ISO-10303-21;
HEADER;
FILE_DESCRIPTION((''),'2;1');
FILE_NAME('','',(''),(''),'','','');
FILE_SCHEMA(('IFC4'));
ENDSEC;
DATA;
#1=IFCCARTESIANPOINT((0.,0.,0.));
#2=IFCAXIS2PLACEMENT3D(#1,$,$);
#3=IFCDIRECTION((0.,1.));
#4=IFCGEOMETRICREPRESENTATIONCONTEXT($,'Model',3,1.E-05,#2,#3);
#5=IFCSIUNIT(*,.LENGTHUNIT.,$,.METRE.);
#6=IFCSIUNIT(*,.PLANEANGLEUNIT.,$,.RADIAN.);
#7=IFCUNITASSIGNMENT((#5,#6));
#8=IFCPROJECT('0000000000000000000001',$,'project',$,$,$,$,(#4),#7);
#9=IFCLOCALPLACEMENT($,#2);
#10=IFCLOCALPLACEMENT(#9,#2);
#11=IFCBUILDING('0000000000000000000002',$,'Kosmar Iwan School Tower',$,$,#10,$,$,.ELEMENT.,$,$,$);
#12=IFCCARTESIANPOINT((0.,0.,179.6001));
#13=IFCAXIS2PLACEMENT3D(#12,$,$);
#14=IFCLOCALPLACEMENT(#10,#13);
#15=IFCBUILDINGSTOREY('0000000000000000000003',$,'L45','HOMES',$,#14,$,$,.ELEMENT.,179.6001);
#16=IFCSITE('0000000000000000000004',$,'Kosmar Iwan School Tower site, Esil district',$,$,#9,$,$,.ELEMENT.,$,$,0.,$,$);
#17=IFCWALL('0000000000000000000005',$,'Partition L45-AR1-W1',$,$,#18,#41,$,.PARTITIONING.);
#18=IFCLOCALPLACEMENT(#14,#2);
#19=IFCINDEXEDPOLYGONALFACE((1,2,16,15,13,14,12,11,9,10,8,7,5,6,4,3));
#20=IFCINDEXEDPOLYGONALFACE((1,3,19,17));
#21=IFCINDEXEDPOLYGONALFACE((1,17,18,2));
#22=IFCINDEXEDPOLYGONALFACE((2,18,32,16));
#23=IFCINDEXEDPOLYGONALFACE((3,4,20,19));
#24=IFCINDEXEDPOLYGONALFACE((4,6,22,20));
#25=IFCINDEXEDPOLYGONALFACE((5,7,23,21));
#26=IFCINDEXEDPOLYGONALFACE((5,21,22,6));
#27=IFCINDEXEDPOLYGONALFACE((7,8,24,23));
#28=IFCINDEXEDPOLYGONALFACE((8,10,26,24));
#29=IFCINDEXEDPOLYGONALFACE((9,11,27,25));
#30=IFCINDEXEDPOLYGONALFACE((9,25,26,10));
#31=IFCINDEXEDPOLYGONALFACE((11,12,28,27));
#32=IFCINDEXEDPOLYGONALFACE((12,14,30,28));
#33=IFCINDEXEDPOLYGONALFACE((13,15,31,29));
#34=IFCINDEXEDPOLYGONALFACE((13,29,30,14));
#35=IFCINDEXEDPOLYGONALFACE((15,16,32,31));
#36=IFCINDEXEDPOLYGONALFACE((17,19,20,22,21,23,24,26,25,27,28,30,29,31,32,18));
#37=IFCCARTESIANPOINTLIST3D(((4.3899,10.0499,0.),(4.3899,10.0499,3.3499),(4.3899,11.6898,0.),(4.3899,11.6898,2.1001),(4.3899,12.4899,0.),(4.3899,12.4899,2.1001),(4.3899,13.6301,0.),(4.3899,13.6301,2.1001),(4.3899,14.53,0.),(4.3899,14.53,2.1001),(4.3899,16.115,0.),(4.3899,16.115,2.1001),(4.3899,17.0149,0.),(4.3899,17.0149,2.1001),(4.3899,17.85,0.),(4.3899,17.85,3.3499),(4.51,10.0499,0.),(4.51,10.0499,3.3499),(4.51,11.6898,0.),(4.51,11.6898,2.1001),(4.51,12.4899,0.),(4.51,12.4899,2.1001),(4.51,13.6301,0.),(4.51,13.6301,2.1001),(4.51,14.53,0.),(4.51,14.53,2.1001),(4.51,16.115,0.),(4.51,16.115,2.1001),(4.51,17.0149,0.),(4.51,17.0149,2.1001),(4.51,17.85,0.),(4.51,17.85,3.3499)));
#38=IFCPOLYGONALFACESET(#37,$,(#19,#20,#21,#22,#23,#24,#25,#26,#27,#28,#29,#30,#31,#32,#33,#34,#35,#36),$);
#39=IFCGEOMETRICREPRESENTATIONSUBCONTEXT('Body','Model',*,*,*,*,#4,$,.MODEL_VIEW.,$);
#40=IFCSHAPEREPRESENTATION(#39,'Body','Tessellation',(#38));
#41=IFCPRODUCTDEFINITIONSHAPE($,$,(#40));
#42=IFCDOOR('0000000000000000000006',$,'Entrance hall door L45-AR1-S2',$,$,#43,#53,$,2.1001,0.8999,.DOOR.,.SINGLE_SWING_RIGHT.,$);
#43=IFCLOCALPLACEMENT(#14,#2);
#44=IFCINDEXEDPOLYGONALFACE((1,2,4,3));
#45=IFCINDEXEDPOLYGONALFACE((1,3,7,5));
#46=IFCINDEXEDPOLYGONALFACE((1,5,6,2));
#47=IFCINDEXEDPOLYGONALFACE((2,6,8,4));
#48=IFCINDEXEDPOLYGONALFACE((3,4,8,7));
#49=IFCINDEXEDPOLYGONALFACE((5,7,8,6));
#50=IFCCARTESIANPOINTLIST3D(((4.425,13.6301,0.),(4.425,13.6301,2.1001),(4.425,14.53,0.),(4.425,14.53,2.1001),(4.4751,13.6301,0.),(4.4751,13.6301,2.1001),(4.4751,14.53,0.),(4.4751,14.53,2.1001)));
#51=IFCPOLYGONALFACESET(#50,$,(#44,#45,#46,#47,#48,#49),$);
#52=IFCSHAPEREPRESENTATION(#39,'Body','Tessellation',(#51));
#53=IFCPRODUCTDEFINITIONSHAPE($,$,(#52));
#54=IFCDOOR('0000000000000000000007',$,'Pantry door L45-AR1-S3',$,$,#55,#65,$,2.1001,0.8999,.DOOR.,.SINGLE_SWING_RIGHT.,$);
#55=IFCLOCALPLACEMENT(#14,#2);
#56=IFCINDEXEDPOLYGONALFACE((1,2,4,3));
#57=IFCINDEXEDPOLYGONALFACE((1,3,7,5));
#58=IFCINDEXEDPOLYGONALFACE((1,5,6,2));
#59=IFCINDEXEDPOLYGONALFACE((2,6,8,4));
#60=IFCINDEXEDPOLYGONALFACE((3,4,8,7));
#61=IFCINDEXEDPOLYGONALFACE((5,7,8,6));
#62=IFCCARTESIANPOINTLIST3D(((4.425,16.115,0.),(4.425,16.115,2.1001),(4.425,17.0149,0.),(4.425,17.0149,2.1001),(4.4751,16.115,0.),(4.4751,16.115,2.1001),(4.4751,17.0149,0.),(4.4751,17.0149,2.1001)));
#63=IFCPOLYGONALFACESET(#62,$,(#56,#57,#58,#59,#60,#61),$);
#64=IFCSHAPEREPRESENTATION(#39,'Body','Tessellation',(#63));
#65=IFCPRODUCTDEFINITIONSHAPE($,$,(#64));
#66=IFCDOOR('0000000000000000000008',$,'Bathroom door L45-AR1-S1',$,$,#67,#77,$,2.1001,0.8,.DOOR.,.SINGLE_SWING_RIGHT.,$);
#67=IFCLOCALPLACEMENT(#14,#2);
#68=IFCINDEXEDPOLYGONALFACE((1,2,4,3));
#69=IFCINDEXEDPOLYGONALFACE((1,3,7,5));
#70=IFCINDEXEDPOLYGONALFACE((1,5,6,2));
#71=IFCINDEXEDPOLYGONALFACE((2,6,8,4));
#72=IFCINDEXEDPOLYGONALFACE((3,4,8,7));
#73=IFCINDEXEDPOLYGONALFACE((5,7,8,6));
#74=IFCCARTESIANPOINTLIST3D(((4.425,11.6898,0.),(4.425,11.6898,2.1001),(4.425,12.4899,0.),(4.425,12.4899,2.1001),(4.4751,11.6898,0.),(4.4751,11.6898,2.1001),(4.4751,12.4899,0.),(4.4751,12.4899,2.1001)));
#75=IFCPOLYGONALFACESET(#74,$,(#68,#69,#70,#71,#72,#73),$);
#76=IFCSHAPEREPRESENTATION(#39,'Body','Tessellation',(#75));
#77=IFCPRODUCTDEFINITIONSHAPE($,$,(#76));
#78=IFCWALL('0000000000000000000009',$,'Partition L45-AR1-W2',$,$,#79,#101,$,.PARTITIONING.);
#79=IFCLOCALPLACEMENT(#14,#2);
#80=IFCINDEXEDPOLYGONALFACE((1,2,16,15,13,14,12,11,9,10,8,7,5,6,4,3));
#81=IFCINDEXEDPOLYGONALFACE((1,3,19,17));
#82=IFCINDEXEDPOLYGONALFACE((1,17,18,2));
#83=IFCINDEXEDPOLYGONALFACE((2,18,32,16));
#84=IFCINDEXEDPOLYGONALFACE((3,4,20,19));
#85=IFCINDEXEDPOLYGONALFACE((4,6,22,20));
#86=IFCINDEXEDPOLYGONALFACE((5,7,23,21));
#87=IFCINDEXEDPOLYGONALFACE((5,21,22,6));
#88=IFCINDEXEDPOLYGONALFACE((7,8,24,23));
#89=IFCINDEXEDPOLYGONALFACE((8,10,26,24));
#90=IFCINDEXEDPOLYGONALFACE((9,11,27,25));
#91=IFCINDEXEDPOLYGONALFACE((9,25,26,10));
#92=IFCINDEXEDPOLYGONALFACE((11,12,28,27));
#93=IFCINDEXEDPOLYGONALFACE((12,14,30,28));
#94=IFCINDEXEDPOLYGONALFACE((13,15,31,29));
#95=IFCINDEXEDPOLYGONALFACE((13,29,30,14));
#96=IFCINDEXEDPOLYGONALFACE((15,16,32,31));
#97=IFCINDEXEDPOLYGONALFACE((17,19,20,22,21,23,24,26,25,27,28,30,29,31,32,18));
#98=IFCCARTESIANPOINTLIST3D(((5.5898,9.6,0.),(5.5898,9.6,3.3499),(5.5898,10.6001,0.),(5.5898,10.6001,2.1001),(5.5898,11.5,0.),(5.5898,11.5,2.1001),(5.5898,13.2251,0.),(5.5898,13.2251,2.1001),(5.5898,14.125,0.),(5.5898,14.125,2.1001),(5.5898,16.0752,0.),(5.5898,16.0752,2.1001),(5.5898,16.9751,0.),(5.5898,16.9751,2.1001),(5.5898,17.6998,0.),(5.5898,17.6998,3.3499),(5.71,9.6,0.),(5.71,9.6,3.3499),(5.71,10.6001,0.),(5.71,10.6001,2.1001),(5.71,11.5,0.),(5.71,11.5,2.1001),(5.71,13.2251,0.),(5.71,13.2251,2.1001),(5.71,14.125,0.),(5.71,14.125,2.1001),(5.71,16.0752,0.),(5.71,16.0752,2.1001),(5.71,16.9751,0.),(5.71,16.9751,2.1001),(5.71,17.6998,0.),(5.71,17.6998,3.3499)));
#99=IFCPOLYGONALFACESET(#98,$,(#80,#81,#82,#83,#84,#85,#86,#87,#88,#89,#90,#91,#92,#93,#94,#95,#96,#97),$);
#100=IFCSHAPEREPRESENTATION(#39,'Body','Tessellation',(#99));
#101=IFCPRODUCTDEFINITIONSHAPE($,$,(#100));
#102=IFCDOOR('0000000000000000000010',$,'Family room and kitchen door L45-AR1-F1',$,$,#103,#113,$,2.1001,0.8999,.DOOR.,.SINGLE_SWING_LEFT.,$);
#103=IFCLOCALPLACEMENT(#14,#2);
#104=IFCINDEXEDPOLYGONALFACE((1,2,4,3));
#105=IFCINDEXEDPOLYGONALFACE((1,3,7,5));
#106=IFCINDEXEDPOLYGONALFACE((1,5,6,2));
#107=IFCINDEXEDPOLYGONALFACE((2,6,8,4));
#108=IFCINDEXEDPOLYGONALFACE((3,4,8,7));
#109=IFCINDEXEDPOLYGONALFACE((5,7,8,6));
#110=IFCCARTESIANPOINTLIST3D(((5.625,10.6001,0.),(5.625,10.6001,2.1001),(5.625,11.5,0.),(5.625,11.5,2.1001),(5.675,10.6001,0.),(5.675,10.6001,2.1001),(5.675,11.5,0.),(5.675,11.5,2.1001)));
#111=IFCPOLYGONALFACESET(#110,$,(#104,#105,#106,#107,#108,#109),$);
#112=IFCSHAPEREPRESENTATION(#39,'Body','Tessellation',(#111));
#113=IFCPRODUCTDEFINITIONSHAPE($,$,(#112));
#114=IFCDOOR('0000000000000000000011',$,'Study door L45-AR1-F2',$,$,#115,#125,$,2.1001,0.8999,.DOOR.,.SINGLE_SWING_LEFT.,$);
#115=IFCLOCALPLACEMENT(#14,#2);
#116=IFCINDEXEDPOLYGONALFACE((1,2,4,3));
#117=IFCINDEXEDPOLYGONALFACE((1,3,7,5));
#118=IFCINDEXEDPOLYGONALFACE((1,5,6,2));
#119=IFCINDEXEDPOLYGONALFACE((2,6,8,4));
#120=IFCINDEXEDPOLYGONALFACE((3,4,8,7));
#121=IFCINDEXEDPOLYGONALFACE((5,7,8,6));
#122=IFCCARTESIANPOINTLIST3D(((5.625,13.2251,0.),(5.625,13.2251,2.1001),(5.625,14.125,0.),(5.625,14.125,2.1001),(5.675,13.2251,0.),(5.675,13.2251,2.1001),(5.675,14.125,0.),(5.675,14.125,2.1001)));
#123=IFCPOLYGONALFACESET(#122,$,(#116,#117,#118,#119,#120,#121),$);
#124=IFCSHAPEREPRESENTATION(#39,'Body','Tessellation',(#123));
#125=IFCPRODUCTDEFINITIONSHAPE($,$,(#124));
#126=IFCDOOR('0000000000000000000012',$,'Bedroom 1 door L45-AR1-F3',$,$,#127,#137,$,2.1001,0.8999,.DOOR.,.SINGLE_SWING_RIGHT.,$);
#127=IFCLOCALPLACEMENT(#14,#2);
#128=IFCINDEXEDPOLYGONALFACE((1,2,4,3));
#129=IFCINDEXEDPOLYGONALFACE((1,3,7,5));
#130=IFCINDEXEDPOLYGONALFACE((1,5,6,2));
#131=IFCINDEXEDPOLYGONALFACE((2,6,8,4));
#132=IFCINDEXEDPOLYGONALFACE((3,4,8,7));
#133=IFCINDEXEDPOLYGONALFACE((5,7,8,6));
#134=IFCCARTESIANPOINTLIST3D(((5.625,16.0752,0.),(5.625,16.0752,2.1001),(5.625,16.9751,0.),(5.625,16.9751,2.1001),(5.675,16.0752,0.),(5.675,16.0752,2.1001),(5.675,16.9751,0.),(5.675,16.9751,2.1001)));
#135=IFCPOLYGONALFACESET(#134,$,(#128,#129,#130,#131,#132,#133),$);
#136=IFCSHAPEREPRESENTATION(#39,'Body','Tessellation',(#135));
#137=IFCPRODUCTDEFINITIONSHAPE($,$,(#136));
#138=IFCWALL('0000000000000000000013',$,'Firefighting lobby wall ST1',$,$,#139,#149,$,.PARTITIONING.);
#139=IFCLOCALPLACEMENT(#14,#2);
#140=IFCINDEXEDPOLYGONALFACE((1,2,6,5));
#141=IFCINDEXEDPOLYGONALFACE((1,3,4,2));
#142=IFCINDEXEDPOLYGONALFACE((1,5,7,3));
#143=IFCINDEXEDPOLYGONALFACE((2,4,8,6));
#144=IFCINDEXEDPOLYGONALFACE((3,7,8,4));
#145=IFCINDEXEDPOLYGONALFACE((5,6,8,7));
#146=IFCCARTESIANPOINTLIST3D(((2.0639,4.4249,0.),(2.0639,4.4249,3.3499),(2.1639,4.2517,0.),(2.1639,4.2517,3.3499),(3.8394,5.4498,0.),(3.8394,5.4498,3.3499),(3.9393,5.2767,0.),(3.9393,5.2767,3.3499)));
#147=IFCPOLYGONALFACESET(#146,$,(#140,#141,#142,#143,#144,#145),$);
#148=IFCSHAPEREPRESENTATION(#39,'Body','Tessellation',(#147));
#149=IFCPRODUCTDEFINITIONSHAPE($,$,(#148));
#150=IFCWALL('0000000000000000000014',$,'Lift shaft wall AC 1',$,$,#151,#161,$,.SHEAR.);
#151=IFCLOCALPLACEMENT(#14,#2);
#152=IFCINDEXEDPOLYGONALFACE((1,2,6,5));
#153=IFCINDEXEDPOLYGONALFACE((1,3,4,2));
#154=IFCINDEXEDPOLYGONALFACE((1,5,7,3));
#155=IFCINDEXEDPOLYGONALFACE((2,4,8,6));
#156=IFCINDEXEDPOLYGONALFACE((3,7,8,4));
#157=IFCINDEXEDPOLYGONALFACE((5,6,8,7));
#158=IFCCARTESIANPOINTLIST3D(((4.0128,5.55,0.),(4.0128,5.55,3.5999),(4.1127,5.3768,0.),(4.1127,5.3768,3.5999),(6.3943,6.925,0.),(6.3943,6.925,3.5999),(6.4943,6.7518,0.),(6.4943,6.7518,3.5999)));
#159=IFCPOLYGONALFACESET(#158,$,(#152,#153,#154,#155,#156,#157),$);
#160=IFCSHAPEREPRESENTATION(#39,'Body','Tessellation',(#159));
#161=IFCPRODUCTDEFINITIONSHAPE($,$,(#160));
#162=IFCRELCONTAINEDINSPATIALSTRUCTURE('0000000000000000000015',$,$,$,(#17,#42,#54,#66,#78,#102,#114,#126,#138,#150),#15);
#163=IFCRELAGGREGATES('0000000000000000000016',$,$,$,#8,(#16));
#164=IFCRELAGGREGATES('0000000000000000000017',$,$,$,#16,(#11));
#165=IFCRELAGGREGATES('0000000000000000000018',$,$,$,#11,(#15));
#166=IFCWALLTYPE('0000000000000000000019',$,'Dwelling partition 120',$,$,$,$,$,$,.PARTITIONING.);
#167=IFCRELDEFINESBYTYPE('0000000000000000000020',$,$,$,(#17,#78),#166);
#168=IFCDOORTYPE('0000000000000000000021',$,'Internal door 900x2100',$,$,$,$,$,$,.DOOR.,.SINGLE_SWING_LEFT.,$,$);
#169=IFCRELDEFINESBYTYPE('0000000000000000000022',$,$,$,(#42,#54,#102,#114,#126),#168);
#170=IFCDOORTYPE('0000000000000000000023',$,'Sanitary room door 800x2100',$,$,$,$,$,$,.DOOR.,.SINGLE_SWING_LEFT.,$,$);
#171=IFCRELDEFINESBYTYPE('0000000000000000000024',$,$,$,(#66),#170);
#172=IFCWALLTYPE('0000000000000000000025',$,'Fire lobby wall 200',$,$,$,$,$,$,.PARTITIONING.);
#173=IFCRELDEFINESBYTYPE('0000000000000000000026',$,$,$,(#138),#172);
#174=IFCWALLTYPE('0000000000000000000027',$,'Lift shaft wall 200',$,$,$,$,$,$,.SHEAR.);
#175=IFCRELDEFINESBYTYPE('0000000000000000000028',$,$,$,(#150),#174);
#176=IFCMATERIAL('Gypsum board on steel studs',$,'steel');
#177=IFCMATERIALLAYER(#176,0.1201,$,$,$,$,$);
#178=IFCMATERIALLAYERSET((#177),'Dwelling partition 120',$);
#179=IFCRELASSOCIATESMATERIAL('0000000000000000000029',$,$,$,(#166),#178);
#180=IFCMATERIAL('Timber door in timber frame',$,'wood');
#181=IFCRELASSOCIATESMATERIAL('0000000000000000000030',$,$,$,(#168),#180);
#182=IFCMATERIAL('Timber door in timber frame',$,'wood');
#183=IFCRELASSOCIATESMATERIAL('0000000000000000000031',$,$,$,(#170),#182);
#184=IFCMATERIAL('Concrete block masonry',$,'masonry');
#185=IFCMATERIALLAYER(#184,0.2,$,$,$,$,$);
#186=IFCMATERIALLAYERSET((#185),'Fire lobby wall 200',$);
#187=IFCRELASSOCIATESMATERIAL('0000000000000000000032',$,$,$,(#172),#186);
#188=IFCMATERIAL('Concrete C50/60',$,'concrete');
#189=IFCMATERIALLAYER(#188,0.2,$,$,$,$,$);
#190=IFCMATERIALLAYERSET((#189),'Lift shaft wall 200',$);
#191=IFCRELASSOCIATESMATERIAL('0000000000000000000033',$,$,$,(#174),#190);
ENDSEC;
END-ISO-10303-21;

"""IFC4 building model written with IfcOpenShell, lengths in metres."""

from ifc_helpers import new_model, si_unit, direction, frame, frame_2d, origin, place, context, subcontext, project, spatial, rectangle, extrude, material, layer, layer_set, type_object, element, fill, save


model = new_model("IFC4")

# Units and contexts
model_context = context("Model", 3, precision=1e-05, world=origin(), true_north=direction((0.0, 1.0)))
body_context = subcontext(model_context, "Body", "Model", "MODEL_VIEW")
ifc_project = project(units=[si_unit("LENGTHUNIT", "METRE"), si_unit("PLANEANGLEUNIT", "RADIAN")], contexts=[model_context])

# Site, building, storey
site_placement = place(None, origin())
site = spatial("IfcSite", under=ifc_project, at=site_placement, Name="Kosmar Iwan School Tower site, Esil district", CompositionType="ELEMENT", RefElevation=0.0)
building_placement = place(site_placement, origin())
building = spatial("IfcBuilding", under=site, at=building_placement, Name="Kosmar Iwan School Tower", CompositionType="ELEMENT")
storey_placement = place(building_placement, frame((0.0, 0.0, 179.6001)))
storey = spatial("IfcBuildingStorey", under=building, at=storey_placement, Name="L45", Description="HOMES", CompositionType="ELEMENT", Elevation=179.6001)

# Walls, openings, doors
ifc_material_1 = material(Name="Gypsum board on steel studs", Category="steel")
ifc_layer_1 = layer(ifc_material_1, 0.1201)
ifc_layer_set_1 = layer_set([ifc_layer_1], Name="Dwelling partition 120")
wall_type_1 = type_object("IfcWallType", Name="Dwelling partition 120", PredefinedType="PARTITIONING", material=ifc_layer_set_1)
wall_1_placement = place(storey_placement, frame((4.45, 10.05, 0.0), z_axis=(0.0, 0.0, 1.0), x_axis=(0.0, 1.0, 0.0)))
wall_1 = element("IfcWall", 1, at=wall_1_placement, inside=storey, type_object=wall_type_1, Name="Partition L45-AR1-W1", PredefinedType="PARTITIONING", context=body_context, shape_type="SweptSolid", body=[
    extrude(rectangle(XDim=7.8, YDim=0.1201, at=frame_2d((3.8999, 0.0))), origin(), (0.0, 0.0, 1.0), 3.3499),
])
opening_1_placement = place(wall_1_placement, frame((1.6399, 0.0, 0.0)))
opening_1 = element("IfcOpeningElement", 2, at=opening_1_placement, cuts=wall_1, PredefinedType="OPENING", context=body_context, shape_type="SweptSolid", body=[
    extrude(rectangle(XDim=0.8, YDim=2.1001, at=frame_2d((0.3999, 1.05))), frame((0.0, 0.072, 0.0), z_axis=(0.0, -1.0, 0.0), x_axis=(1.0, 0.0, 0.0)), (0.0, 0.0, 1.0), 0.144),
])
opening_2_placement = place(wall_1_placement, frame((3.5801, 0.0, 0.0)))
opening_2 = element("IfcOpeningElement", 3, at=opening_2_placement, cuts=wall_1, PredefinedType="OPENING", context=body_context, shape_type="SweptSolid", body=[
    extrude(rectangle(XDim=0.8999, YDim=2.1001, at=frame_2d((0.45, 1.05))), frame((0.0, 0.072, 0.0), z_axis=(0.0, -1.0, 0.0), x_axis=(1.0, 0.0, 0.0)), (0.0, 0.0, 1.0), 0.144),
])
opening_3_placement = place(wall_1_placement, frame((6.0649, 0.0, 0.0)))
opening_3 = element("IfcOpeningElement", 4, at=opening_3_placement, cuts=wall_1, PredefinedType="OPENING", context=body_context, shape_type="SweptSolid", body=[
    extrude(rectangle(XDim=0.8999, YDim=2.1001, at=frame_2d((0.45, 1.05))), frame((0.0, 0.072, 0.0), z_axis=(0.0, -1.0, 0.0), x_axis=(1.0, 0.0, 0.0)), (0.0, 0.0, 1.0), 0.144),
])
ifc_material_2 = material(Name="Timber door in timber frame", Category="wood")
door_type_1 = type_object("IfcDoorType", Name="Internal door 900x2100", OperationType="SINGLE_SWING_LEFT", PredefinedType="DOOR", material=ifc_material_2)
door_1_placement = place(opening_2_placement, origin())
door_1 = element("IfcDoor", 5, at=door_1_placement, inside=storey, type_object=door_type_1, Name="Entrance hall door L45-AR1-S2", OperationType="SINGLE_SWING_RIGHT", OverallHeight=2.1001, OverallWidth=0.8999, PredefinedType="DOOR", context=body_context, shape_type="SweptSolid", body=[
    extrude(rectangle(XDim=0.8999, YDim=2.1001, at=frame_2d((0.45, 1.05))), frame((0.0, 0.0249, 0.0), z_axis=(0.0, -1.0, 0.0), x_axis=(1.0, 0.0, 0.0)), (0.0, 0.0, 1.0), 0.05),
])
fill(opening_2, door_1)
door_2_placement = place(opening_3_placement, origin())
door_2 = element("IfcDoor", 6, at=door_2_placement, inside=storey, type_object=door_type_1, Name="Pantry door L45-AR1-S3", OperationType="SINGLE_SWING_RIGHT", OverallHeight=2.1001, OverallWidth=0.8999, PredefinedType="DOOR", context=body_context, shape_type="SweptSolid", body=[
    extrude(rectangle(XDim=0.8999, YDim=2.1001, at=frame_2d((0.45, 1.05))), frame((0.0, 0.0249, 0.0), z_axis=(0.0, -1.0, 0.0), x_axis=(1.0, 0.0, 0.0)), (0.0, 0.0, 1.0), 0.05),
])
fill(opening_3, door_2)
ifc_material_3 = material(Name="Timber door in timber frame", Category="wood")
door_type_2 = type_object("IfcDoorType", Name="Sanitary room door 800x2100", OperationType="SINGLE_SWING_LEFT", PredefinedType="DOOR", material=ifc_material_3)
door_3_placement = place(opening_1_placement, origin())
door_3 = element("IfcDoor", 7, at=door_3_placement, inside=storey, type_object=door_type_2, Name="Bathroom door L45-AR1-S1", OperationType="SINGLE_SWING_RIGHT", OverallHeight=2.1001, OverallWidth=0.8, PredefinedType="DOOR", context=body_context, shape_type="SweptSolid", body=[
    extrude(rectangle(XDim=0.8, YDim=2.1001, at=frame_2d((0.3999, 1.05))), frame((0.0, 0.0249, 0.0), z_axis=(0.0, -1.0, 0.0), x_axis=(1.0, 0.0, 0.0)), (0.0, 0.0, 1.0), 0.05),
])
fill(opening_1, door_3)
wall_2_placement = place(storey_placement, frame((5.6499, 9.6001, 0.0), z_axis=(0.0, 0.0, 1.0), x_axis=(0.0, 1.0, 0.0)))
wall_2 = element("IfcWall", 8, at=wall_2_placement, inside=storey, type_object=wall_type_1, Name="Partition L45-AR1-W2", PredefinedType="PARTITIONING", context=body_context, shape_type="SweptSolid", body=[
    extrude(rectangle(XDim=8.0999, YDim=0.1201, at=frame_2d((4.0498, 0.0))), origin(), (0.0, 0.0, 1.0), 3.3499),
])
opening_4_placement = place(wall_2_placement, frame((1.0, 0.0, 0.0)))
opening_4 = element("IfcOpeningElement", 9, at=opening_4_placement, cuts=wall_2, PredefinedType="OPENING", context=body_context, shape_type="SweptSolid", body=[
    extrude(rectangle(XDim=0.8999, YDim=2.1001, at=frame_2d((0.45, 1.05))), frame((0.0, 0.072, 0.0), z_axis=(0.0, -1.0, 0.0), x_axis=(1.0, 0.0, 0.0)), (0.0, 0.0, 1.0), 0.144),
])
opening_5_placement = place(wall_2_placement, frame((3.625, 0.0, 0.0)))
opening_5 = element("IfcOpeningElement", 10, at=opening_5_placement, cuts=wall_2, PredefinedType="OPENING", context=body_context, shape_type="SweptSolid", body=[
    extrude(rectangle(XDim=0.8999, YDim=2.1001, at=frame_2d((0.45, 1.05))), frame((0.0, 0.072, 0.0), z_axis=(0.0, -1.0, 0.0), x_axis=(1.0, 0.0, 0.0)), (0.0, 0.0, 1.0), 0.144),
])
opening_6_placement = place(wall_2_placement, frame((6.4751, 0.0, 0.0)))
opening_6 = element("IfcOpeningElement", 11, at=opening_6_placement, cuts=wall_2, PredefinedType="OPENING", context=body_context, shape_type="SweptSolid", body=[
    extrude(rectangle(XDim=0.8999, YDim=2.1001, at=frame_2d((0.45, 1.05))), frame((0.0, 0.072, 0.0), z_axis=(0.0, -1.0, 0.0), x_axis=(1.0, 0.0, 0.0)), (0.0, 0.0, 1.0), 0.144),
])
door_4_placement = place(opening_4_placement, origin())
door_4 = element("IfcDoor", 12, at=door_4_placement, inside=storey, type_object=door_type_1, Name="Family room and kitchen door L45-AR1-F1", OperationType="SINGLE_SWING_LEFT", OverallHeight=2.1001, OverallWidth=0.8999, PredefinedType="DOOR", context=body_context, shape_type="SweptSolid", body=[
    extrude(rectangle(XDim=0.8999, YDim=2.1001, at=frame_2d((0.45, 1.05))), frame((0.0, 0.0249, 0.0), z_axis=(0.0, -1.0, 0.0), x_axis=(1.0, 0.0, 0.0)), (0.0, 0.0, 1.0), 0.05),
])
fill(opening_4, door_4)
door_5_placement = place(opening_5_placement, origin())
door_5 = element("IfcDoor", 13, at=door_5_placement, inside=storey, type_object=door_type_1, Name="Study door L45-AR1-F2", OperationType="SINGLE_SWING_LEFT", OverallHeight=2.1001, OverallWidth=0.8999, PredefinedType="DOOR", context=body_context, shape_type="SweptSolid", body=[
    extrude(rectangle(XDim=0.8999, YDim=2.1001, at=frame_2d((0.45, 1.05))), frame((0.0, 0.0249, 0.0), z_axis=(0.0, -1.0, 0.0), x_axis=(1.0, 0.0, 0.0)), (0.0, 0.0, 1.0), 0.05),
])
fill(opening_5, door_5)
door_6_placement = place(opening_6_placement, origin())
door_6 = element("IfcDoor", 14, at=door_6_placement, inside=storey, type_object=door_type_1, Name="Bedroom 1 door L45-AR1-F3", OperationType="SINGLE_SWING_RIGHT", OverallHeight=2.1001, OverallWidth=0.8999, PredefinedType="DOOR", context=body_context, shape_type="SweptSolid", body=[
    extrude(rectangle(XDim=0.8999, YDim=2.1001, at=frame_2d((0.45, 1.05))), frame((0.0, 0.0249, 0.0), z_axis=(0.0, -1.0, 0.0), x_axis=(1.0, 0.0, 0.0)), (0.0, 0.0, 1.0), 0.05),
])
fill(opening_6, door_6)

# Walls
ifc_material_4 = material(Name="Concrete block masonry", Category="masonry")
ifc_layer_2 = layer(ifc_material_4, 0.2)
ifc_layer_set_2 = layer_set([ifc_layer_2], Name="Fire lobby wall 200")
wall_type_2 = type_object("IfcWallType", Name="Fire lobby wall 200", PredefinedType="PARTITIONING", material=ifc_layer_set_2)
wall_3_placement = place(storey_placement, frame((2.114, 4.3384, 0.0), z_axis=(0.0, 0.0, 1.0), x_axis=(0.866051, 0.499956, 0.0)))
element("IfcWall", 15, at=wall_3_placement, inside=storey, type_object=wall_type_2, Name="Firefighting lobby wall ST1", PredefinedType="PARTITIONING", context=body_context, shape_type="SweptSolid", body=[
    extrude(rectangle(XDim=2.05, YDim=0.2, at=frame_2d((1.0249, 0.0))), origin(), (0.0, 0.0, 1.0), 3.3499),
])
ifc_material_5 = material(Name="Concrete C50/60", Category="concrete")
ifc_layer_3 = layer(ifc_material_5, 0.2)
ifc_layer_set_3 = layer_set([ifc_layer_3], Name="Lift shaft wall 200")
wall_type_3 = type_object("IfcWallType", Name="Lift shaft wall 200", PredefinedType="SHEAR", material=ifc_layer_set_3)
for number, where, z_axis, x_axis, name in (
    (16, (4.0627, 5.4634, 0.0), (0.0, 0.0, 1.0), (0.866027, 0.499997, 0.0), "Lift shaft wall AC 1"),
):
    element("IfcWall", number, at=place(storey_placement, frame(where, z_axis=z_axis, x_axis=x_axis)), inside=storey, type_object=wall_type_3, Name=name, PredefinedType="SHEAR", context=body_context, shape_type="SweptSolid", body=[
        extrude(rectangle(XDim=2.75, YDim=0.2, at=frame_2d((1.375, 0.0))), origin(), (0.0, 0.0, 1.0), 3.5999),
    ])

save(model, "model.ifc")
